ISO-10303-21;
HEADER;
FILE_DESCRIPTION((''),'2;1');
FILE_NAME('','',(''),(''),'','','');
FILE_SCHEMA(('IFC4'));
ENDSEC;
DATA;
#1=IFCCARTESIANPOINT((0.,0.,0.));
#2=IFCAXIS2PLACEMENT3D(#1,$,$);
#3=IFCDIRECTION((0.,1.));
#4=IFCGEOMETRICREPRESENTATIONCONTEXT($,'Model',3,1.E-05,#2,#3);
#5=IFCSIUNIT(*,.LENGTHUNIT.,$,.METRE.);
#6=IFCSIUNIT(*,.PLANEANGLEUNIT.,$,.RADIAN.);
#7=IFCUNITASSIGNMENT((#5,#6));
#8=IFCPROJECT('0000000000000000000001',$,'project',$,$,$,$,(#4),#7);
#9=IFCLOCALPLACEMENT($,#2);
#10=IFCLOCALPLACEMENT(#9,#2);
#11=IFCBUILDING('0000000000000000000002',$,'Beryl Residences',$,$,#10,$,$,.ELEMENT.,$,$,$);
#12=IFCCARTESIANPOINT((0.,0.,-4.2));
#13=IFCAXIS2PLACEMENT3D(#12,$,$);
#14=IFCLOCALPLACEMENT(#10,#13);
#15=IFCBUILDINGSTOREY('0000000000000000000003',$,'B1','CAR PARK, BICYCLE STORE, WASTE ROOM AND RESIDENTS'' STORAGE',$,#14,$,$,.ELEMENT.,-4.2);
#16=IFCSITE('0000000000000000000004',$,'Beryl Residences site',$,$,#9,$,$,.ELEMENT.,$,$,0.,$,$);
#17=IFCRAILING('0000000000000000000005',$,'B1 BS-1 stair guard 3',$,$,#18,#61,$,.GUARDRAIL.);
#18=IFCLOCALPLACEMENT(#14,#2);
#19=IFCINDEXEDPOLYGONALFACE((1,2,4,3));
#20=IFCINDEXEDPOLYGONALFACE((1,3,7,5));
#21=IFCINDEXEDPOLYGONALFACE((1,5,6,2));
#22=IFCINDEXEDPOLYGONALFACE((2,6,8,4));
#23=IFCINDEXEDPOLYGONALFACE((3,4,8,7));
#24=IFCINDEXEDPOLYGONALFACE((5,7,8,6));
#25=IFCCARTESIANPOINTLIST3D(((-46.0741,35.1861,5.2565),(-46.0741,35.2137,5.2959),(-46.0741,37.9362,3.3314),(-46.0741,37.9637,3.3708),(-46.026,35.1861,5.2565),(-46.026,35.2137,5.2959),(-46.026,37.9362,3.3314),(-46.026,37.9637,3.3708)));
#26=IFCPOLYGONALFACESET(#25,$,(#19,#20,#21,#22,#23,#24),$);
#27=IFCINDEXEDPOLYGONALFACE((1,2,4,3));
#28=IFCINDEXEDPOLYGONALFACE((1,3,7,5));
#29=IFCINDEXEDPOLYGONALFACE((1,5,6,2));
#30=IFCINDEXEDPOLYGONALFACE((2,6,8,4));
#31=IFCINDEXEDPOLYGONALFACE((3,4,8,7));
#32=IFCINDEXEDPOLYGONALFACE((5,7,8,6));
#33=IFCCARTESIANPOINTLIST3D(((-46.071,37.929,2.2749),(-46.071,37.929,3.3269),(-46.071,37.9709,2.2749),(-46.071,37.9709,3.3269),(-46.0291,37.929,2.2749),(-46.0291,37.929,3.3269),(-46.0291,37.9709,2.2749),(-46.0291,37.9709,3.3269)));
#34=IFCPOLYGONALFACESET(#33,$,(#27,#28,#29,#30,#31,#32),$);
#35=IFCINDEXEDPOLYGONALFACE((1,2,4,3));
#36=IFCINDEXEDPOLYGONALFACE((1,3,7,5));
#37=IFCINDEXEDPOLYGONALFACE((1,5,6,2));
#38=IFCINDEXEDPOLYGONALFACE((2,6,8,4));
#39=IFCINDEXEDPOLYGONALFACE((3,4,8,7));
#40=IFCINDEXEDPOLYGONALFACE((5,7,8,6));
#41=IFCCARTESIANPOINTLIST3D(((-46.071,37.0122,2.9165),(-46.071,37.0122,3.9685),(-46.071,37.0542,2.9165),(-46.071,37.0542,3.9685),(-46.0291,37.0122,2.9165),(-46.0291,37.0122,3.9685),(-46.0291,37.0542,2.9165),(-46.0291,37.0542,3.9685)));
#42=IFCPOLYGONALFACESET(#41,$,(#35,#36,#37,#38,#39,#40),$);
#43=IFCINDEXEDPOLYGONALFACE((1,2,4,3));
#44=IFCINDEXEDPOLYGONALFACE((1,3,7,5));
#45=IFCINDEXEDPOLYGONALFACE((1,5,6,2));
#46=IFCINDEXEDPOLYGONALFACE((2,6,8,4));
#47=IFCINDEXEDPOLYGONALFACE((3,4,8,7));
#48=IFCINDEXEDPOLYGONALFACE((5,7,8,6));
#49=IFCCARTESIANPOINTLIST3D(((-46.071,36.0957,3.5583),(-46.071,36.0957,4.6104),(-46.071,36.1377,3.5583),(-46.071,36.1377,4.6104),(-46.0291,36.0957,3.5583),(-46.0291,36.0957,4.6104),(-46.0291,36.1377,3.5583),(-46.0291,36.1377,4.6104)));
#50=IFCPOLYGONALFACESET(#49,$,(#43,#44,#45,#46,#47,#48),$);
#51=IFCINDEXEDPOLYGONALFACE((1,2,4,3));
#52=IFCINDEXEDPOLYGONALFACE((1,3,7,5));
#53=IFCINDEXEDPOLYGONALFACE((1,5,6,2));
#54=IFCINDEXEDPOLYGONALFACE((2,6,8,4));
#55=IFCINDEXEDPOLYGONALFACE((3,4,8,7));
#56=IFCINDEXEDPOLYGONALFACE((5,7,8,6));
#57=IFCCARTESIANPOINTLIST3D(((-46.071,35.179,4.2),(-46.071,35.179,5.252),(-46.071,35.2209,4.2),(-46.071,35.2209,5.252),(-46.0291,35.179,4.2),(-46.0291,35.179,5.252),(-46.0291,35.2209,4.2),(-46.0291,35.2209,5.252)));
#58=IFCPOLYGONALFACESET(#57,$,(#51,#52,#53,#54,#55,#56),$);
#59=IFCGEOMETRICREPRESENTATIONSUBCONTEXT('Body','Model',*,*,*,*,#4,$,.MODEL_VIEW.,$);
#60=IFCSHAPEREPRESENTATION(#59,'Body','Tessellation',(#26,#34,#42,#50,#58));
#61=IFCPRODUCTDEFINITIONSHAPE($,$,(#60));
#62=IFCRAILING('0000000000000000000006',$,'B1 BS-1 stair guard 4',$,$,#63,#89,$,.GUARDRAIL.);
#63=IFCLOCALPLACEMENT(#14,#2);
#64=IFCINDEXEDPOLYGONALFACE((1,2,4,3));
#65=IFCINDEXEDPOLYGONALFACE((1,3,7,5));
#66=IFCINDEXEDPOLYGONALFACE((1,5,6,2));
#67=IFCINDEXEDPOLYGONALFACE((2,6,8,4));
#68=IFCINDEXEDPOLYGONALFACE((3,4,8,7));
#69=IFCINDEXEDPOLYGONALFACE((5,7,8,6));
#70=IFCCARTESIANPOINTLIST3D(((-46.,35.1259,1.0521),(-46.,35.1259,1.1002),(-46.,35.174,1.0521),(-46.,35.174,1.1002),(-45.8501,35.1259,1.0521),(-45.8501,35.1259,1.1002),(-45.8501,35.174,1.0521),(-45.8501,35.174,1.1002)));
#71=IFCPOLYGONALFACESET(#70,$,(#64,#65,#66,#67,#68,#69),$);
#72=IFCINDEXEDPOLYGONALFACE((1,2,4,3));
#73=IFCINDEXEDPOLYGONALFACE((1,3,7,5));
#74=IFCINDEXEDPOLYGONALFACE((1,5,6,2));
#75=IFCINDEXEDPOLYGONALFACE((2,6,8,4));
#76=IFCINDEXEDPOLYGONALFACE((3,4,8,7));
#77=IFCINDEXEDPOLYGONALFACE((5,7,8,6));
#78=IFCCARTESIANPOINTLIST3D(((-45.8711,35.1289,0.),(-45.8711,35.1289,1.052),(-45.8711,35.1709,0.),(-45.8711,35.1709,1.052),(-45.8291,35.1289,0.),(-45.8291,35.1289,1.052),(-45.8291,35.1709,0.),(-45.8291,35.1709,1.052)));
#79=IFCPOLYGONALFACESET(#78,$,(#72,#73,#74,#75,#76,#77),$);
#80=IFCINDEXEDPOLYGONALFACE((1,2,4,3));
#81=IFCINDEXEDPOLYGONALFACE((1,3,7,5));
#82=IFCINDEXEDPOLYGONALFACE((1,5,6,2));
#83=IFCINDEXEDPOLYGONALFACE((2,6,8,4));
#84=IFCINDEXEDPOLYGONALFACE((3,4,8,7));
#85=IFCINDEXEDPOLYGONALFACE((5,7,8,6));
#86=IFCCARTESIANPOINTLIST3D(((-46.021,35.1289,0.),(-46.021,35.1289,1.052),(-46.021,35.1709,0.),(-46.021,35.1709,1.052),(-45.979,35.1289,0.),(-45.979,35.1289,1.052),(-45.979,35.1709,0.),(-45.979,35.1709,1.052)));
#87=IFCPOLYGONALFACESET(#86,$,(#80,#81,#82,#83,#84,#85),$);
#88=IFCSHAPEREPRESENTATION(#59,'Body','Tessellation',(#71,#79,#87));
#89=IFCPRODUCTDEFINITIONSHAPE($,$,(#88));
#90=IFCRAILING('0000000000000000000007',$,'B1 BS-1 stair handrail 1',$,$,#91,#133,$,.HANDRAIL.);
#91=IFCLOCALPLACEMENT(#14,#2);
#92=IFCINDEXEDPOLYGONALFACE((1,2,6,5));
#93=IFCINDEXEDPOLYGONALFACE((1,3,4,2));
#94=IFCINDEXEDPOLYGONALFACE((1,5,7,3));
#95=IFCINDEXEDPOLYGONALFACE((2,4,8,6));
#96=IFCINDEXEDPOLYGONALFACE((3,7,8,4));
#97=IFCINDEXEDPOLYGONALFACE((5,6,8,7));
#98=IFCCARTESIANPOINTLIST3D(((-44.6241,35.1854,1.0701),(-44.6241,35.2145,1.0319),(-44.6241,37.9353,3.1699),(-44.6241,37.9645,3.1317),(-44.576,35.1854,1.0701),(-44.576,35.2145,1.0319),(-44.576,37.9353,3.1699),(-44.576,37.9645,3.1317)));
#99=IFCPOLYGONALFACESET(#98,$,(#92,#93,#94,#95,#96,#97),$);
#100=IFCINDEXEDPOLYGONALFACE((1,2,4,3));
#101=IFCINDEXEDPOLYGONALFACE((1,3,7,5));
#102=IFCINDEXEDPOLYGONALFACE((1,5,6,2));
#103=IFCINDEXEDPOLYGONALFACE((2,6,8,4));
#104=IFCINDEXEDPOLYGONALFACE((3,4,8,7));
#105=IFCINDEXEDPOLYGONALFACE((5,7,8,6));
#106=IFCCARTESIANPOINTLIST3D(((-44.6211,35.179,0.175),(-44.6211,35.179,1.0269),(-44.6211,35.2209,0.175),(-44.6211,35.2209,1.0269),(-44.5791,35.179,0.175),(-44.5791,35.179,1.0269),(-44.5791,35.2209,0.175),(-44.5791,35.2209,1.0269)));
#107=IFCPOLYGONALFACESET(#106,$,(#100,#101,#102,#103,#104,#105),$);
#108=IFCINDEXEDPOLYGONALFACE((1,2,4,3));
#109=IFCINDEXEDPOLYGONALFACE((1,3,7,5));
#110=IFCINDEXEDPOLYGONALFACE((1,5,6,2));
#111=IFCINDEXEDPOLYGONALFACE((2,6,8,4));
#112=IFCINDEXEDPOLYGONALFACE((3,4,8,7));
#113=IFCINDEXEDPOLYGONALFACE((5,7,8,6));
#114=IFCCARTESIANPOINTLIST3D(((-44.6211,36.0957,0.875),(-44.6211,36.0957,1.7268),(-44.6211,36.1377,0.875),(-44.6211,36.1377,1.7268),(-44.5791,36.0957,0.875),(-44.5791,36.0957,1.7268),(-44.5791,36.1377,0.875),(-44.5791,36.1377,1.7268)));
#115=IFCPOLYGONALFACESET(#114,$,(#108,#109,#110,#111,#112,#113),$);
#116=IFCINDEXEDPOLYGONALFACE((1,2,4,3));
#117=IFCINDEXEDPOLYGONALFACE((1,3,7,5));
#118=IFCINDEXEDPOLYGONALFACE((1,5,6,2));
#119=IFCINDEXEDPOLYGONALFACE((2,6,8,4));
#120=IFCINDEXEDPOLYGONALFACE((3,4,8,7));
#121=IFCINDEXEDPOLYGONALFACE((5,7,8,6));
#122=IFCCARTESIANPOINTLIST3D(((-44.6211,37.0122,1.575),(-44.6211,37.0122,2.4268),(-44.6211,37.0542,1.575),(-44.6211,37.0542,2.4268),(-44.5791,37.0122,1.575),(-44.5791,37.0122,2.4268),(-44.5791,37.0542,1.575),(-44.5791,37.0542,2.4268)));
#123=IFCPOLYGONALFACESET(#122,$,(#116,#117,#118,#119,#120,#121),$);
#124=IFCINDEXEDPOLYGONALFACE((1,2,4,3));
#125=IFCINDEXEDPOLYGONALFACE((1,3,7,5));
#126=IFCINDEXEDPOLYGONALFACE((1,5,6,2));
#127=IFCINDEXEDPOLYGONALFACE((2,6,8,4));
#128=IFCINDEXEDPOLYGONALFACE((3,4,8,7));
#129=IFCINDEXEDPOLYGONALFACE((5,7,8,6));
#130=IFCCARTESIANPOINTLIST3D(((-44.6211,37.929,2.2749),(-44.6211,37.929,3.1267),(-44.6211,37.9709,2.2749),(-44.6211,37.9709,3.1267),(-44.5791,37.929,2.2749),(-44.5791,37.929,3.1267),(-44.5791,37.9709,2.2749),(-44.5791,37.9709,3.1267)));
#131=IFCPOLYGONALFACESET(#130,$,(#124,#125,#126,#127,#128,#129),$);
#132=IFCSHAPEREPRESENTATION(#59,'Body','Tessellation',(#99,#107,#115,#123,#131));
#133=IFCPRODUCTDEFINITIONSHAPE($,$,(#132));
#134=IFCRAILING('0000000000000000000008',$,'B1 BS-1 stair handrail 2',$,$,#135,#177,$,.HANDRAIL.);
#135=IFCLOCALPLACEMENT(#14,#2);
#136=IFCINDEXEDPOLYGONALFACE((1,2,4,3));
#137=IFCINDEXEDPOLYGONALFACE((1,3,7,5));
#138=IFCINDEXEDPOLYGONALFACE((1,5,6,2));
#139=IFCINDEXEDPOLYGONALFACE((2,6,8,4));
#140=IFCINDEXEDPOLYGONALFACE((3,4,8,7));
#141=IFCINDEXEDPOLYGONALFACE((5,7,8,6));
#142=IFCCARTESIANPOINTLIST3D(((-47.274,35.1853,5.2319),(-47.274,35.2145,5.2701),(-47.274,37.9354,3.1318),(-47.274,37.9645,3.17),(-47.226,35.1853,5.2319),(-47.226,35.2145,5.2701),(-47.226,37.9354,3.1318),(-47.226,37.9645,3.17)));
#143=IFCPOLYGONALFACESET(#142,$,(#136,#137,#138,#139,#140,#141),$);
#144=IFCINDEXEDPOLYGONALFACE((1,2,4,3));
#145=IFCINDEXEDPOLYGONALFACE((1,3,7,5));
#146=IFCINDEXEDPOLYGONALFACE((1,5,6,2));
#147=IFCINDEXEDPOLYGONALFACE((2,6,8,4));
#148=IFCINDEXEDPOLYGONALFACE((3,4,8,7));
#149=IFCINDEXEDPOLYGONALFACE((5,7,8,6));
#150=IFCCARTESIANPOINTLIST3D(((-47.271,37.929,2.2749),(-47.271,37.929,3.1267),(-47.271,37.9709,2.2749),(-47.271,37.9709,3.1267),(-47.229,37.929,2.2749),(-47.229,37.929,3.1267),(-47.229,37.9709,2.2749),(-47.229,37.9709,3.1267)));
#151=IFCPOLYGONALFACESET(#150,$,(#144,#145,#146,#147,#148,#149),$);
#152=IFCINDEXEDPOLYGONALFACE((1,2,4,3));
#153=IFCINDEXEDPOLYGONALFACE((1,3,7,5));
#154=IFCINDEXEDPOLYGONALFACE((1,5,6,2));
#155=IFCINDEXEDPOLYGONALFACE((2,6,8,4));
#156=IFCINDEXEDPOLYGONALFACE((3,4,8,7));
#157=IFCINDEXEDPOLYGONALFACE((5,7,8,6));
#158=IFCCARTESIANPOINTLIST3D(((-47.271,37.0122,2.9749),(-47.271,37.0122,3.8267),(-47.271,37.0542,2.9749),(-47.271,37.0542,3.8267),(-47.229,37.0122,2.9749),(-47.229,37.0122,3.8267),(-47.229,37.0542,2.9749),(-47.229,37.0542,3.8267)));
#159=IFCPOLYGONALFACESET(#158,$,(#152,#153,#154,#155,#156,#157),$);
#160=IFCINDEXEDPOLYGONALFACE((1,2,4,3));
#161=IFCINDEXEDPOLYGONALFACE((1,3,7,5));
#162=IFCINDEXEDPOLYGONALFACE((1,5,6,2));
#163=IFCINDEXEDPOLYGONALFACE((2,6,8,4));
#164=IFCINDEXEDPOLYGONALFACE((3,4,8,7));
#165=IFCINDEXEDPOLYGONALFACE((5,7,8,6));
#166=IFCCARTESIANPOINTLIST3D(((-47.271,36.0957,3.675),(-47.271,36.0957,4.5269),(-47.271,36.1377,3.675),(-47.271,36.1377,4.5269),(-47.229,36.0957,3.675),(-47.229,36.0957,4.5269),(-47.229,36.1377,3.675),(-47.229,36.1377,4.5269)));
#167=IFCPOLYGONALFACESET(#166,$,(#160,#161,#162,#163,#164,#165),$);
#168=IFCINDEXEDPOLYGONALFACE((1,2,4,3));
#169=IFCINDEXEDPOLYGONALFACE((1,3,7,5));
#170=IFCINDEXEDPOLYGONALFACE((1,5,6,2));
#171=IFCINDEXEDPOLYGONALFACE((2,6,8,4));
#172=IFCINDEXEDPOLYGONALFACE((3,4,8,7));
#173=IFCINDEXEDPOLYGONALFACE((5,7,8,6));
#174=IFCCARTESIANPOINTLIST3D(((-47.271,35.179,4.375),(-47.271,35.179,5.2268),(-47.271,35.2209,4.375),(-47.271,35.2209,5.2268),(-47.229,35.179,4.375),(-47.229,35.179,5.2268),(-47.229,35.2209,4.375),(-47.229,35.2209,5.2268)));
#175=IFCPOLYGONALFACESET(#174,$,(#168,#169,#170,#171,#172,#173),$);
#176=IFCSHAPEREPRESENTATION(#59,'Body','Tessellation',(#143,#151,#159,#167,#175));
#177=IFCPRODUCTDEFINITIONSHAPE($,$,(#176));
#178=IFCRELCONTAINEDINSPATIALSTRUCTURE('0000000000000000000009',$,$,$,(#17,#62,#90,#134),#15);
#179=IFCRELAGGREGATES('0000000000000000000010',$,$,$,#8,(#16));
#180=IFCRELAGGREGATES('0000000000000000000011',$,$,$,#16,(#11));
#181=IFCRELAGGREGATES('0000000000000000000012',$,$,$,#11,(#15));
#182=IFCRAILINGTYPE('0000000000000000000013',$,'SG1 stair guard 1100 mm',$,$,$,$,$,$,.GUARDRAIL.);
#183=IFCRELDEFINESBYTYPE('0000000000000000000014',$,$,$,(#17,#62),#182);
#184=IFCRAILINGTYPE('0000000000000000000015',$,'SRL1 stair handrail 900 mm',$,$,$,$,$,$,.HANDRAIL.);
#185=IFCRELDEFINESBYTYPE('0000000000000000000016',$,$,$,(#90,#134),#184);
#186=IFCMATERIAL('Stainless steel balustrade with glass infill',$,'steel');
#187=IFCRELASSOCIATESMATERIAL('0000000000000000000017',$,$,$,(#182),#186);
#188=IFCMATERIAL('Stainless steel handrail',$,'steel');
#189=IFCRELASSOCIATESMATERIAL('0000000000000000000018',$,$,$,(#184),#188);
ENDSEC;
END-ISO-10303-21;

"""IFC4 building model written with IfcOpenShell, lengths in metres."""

from ifc_helpers import new_model, si_unit, direction, frame, origin, origin_2d, place, context, subcontext, project, spatial, rectangle, extrude, material, type_object, element, save


model = new_model("IFC4")

# Units and contexts
model_context = context("Model", 3, precision=1e-05, world=origin(), true_north=direction((0.0, 1.0)))
body_context = subcontext(model_context, "Body", "Model", "MODEL_VIEW")
ifc_project = project(units=[si_unit("LENGTHUNIT", "METRE"), si_unit("PLANEANGLEUNIT", "RADIAN")], contexts=[model_context])

# Site, building, storey
site_placement = place(None, origin())
site = spatial("IfcSite", under=ifc_project, at=site_placement, Name="Beryl Residences site", CompositionType="ELEMENT", RefElevation=0.0)
building_placement = place(site_placement, origin())
building = spatial("IfcBuilding", under=site, at=building_placement, Name="Beryl Residences", CompositionType="ELEMENT")
storey_placement = place(building_placement, frame((0.0, 0.0, -4.2)))
storey = spatial("IfcBuildingStorey", under=building, at=storey_placement, Name="B1", Description="CAR PARK, BICYCLE STORE, WASTE ROOM AND RESIDENTS' STORAGE", CompositionType="ELEMENT", Elevation=-4.2)

# Railings
ifc_material_1 = material(Name="Stainless steel balustrade with glass infill", Category="steel")
railing_type_1 = type_object("IfcRailingType", Name="SG1 stair guard 1100 mm", PredefinedType="GUARDRAIL", material=ifc_material_1)
railing_1_placement = place(storey_placement, frame((-46.05, 37.95, 2.2749)))
element("IfcRailing", 1, at=railing_1_placement, inside=storey, type_object=railing_type_1, Name="B1 BS-1 stair guard 3", PredefinedType="GUARDRAIL", context=body_context, shape_type="SweptSolid", body=[
    extrude(rectangle(XDim=0.0481, YDim=0.0481, at=origin_2d()), frame((0.0, 0.0, 1.0762), z_axis=(0.0, -0.819225, 0.573472), x_axis=(1.0, 0.0, 0.0)), (0.0, 0.0, 1.0), 3.3569),
    extrude(rectangle(XDim=0.042, YDim=0.042, at=origin_2d()), origin(), (0.0, 0.0, 1.0), 1.052),
    extrude(rectangle(XDim=0.042, YDim=0.042, at=origin_2d()), frame((0.0, -0.9167, 0.6416)), (0.0, 0.0, 1.0), 1.052),
    extrude(rectangle(XDim=0.042, YDim=0.042, at=origin_2d()), frame((0.0, -1.8333, 1.2834)), (0.0, 0.0, 1.0), 1.052),
    extrude(rectangle(XDim=0.042, YDim=0.042, at=origin_2d()), frame((0.0, -2.75, 1.925)), (0.0, 0.0, 1.0), 1.052),
])
railing_2_placement = place(storey_placement, frame((-45.8501, 35.1499, 0.0)))
element("IfcRailing", 2, at=railing_2_placement, inside=storey, type_object=railing_type_1, Name="B1 BS-1 stair guard 4", PredefinedType="GUARDRAIL", context=body_context, shape_type="SweptSolid", body=[
    extrude(rectangle(XDim=0.0481, YDim=0.0481, at=origin_2d()), frame((0.0, 0.0, 1.0762), z_axis=(-1.0, 0.0, 0.0), x_axis=(0.0, -1.0, 0.0)), (0.0, 0.0, 1.0), 0.1499),
    extrude(rectangle(XDim=0.042, YDim=0.042, at=origin_2d()), origin(), (0.0, 0.0, 1.0), 1.052),
    extrude(rectangle(XDim=0.042, YDim=0.042, at=origin_2d()), frame((-0.1499, 0.0, 0.0)), (0.0, 0.0, 1.0), 1.052),
])
ifc_material_2 = material(Name="Stainless steel handrail", Category="steel")
railing_type_2 = type_object("IfcRailingType", Name="SRL1 stair handrail 900 mm", PredefinedType="HANDRAIL", material=ifc_material_2)
railing_3_placement = place(storey_placement, frame((-44.6001, 35.2, 0.175)))
element("IfcRailing", 3, at=railing_3_placement, inside=storey, type_object=railing_type_2, Name="B1 BS-1 stair handrail 1", PredefinedType="HANDRAIL", context=body_context, shape_type="SweptSolid", body=[
    extrude(rectangle(XDim=0.0481, YDim=0.0481, at=origin_2d()), frame((0.0, 0.0, 0.876), z_axis=(0.0, 0.794788, 0.606887), x_axis=(-1.0, 0.0, 0.0)), (0.0, 0.0, 1.0), 3.46),
    extrude(rectangle(XDim=0.042, YDim=0.042, at=origin_2d()), origin(), (0.0, 0.0, 1.0), 0.8518),
    extrude(rectangle(XDim=0.042, YDim=0.042, at=origin_2d()), frame((0.0, 0.9167, 0.7)), (0.0, 0.0, 1.0), 0.8518),
    extrude(rectangle(XDim=0.042, YDim=0.042, at=origin_2d()), frame((0.0, 1.8333, 1.3999)), (0.0, 0.0, 1.0), 0.8518),
    extrude(rectangle(XDim=0.042, YDim=0.042, at=origin_2d()), frame((0.0, 2.75, 2.0999)), (0.0, 0.0, 1.0), 0.8518),
])
railing_4_placement = place(storey_placement, frame((-47.25, 37.95, 2.2749)))
element("IfcRailing", 4, at=railing_4_placement, inside=storey, type_object=railing_type_2, Name="B1 BS-1 stair handrail 2", PredefinedType="HANDRAIL", context=body_context, shape_type="SweptSolid", body=[
    extrude(rectangle(XDim=0.0481, YDim=0.0481, at=origin_2d()), frame((0.0, 0.0, 0.876), z_axis=(0.0, -0.794754, 0.606931), x_axis=(1.0, 0.0, 0.0)), (0.0, 0.0, 1.0), 3.4602),
    extrude(rectangle(XDim=0.042, YDim=0.042, at=origin_2d()), origin(), (0.0, 0.0, 1.0), 0.8518),
    extrude(rectangle(XDim=0.042, YDim=0.042, at=origin_2d()), frame((0.0, -0.9167, 0.7)), (0.0, 0.0, 1.0), 0.8518),
    extrude(rectangle(XDim=0.042, YDim=0.042, at=origin_2d()), frame((0.0, -1.8333, 1.4001)), (0.0, 0.0, 1.0), 0.8518),
    extrude(rectangle(XDim=0.042, YDim=0.042, at=origin_2d()), frame((0.0, -2.75, 2.1001)), (0.0, 0.0, 1.0), 0.8518),
])

save(model, "model.ifc")
